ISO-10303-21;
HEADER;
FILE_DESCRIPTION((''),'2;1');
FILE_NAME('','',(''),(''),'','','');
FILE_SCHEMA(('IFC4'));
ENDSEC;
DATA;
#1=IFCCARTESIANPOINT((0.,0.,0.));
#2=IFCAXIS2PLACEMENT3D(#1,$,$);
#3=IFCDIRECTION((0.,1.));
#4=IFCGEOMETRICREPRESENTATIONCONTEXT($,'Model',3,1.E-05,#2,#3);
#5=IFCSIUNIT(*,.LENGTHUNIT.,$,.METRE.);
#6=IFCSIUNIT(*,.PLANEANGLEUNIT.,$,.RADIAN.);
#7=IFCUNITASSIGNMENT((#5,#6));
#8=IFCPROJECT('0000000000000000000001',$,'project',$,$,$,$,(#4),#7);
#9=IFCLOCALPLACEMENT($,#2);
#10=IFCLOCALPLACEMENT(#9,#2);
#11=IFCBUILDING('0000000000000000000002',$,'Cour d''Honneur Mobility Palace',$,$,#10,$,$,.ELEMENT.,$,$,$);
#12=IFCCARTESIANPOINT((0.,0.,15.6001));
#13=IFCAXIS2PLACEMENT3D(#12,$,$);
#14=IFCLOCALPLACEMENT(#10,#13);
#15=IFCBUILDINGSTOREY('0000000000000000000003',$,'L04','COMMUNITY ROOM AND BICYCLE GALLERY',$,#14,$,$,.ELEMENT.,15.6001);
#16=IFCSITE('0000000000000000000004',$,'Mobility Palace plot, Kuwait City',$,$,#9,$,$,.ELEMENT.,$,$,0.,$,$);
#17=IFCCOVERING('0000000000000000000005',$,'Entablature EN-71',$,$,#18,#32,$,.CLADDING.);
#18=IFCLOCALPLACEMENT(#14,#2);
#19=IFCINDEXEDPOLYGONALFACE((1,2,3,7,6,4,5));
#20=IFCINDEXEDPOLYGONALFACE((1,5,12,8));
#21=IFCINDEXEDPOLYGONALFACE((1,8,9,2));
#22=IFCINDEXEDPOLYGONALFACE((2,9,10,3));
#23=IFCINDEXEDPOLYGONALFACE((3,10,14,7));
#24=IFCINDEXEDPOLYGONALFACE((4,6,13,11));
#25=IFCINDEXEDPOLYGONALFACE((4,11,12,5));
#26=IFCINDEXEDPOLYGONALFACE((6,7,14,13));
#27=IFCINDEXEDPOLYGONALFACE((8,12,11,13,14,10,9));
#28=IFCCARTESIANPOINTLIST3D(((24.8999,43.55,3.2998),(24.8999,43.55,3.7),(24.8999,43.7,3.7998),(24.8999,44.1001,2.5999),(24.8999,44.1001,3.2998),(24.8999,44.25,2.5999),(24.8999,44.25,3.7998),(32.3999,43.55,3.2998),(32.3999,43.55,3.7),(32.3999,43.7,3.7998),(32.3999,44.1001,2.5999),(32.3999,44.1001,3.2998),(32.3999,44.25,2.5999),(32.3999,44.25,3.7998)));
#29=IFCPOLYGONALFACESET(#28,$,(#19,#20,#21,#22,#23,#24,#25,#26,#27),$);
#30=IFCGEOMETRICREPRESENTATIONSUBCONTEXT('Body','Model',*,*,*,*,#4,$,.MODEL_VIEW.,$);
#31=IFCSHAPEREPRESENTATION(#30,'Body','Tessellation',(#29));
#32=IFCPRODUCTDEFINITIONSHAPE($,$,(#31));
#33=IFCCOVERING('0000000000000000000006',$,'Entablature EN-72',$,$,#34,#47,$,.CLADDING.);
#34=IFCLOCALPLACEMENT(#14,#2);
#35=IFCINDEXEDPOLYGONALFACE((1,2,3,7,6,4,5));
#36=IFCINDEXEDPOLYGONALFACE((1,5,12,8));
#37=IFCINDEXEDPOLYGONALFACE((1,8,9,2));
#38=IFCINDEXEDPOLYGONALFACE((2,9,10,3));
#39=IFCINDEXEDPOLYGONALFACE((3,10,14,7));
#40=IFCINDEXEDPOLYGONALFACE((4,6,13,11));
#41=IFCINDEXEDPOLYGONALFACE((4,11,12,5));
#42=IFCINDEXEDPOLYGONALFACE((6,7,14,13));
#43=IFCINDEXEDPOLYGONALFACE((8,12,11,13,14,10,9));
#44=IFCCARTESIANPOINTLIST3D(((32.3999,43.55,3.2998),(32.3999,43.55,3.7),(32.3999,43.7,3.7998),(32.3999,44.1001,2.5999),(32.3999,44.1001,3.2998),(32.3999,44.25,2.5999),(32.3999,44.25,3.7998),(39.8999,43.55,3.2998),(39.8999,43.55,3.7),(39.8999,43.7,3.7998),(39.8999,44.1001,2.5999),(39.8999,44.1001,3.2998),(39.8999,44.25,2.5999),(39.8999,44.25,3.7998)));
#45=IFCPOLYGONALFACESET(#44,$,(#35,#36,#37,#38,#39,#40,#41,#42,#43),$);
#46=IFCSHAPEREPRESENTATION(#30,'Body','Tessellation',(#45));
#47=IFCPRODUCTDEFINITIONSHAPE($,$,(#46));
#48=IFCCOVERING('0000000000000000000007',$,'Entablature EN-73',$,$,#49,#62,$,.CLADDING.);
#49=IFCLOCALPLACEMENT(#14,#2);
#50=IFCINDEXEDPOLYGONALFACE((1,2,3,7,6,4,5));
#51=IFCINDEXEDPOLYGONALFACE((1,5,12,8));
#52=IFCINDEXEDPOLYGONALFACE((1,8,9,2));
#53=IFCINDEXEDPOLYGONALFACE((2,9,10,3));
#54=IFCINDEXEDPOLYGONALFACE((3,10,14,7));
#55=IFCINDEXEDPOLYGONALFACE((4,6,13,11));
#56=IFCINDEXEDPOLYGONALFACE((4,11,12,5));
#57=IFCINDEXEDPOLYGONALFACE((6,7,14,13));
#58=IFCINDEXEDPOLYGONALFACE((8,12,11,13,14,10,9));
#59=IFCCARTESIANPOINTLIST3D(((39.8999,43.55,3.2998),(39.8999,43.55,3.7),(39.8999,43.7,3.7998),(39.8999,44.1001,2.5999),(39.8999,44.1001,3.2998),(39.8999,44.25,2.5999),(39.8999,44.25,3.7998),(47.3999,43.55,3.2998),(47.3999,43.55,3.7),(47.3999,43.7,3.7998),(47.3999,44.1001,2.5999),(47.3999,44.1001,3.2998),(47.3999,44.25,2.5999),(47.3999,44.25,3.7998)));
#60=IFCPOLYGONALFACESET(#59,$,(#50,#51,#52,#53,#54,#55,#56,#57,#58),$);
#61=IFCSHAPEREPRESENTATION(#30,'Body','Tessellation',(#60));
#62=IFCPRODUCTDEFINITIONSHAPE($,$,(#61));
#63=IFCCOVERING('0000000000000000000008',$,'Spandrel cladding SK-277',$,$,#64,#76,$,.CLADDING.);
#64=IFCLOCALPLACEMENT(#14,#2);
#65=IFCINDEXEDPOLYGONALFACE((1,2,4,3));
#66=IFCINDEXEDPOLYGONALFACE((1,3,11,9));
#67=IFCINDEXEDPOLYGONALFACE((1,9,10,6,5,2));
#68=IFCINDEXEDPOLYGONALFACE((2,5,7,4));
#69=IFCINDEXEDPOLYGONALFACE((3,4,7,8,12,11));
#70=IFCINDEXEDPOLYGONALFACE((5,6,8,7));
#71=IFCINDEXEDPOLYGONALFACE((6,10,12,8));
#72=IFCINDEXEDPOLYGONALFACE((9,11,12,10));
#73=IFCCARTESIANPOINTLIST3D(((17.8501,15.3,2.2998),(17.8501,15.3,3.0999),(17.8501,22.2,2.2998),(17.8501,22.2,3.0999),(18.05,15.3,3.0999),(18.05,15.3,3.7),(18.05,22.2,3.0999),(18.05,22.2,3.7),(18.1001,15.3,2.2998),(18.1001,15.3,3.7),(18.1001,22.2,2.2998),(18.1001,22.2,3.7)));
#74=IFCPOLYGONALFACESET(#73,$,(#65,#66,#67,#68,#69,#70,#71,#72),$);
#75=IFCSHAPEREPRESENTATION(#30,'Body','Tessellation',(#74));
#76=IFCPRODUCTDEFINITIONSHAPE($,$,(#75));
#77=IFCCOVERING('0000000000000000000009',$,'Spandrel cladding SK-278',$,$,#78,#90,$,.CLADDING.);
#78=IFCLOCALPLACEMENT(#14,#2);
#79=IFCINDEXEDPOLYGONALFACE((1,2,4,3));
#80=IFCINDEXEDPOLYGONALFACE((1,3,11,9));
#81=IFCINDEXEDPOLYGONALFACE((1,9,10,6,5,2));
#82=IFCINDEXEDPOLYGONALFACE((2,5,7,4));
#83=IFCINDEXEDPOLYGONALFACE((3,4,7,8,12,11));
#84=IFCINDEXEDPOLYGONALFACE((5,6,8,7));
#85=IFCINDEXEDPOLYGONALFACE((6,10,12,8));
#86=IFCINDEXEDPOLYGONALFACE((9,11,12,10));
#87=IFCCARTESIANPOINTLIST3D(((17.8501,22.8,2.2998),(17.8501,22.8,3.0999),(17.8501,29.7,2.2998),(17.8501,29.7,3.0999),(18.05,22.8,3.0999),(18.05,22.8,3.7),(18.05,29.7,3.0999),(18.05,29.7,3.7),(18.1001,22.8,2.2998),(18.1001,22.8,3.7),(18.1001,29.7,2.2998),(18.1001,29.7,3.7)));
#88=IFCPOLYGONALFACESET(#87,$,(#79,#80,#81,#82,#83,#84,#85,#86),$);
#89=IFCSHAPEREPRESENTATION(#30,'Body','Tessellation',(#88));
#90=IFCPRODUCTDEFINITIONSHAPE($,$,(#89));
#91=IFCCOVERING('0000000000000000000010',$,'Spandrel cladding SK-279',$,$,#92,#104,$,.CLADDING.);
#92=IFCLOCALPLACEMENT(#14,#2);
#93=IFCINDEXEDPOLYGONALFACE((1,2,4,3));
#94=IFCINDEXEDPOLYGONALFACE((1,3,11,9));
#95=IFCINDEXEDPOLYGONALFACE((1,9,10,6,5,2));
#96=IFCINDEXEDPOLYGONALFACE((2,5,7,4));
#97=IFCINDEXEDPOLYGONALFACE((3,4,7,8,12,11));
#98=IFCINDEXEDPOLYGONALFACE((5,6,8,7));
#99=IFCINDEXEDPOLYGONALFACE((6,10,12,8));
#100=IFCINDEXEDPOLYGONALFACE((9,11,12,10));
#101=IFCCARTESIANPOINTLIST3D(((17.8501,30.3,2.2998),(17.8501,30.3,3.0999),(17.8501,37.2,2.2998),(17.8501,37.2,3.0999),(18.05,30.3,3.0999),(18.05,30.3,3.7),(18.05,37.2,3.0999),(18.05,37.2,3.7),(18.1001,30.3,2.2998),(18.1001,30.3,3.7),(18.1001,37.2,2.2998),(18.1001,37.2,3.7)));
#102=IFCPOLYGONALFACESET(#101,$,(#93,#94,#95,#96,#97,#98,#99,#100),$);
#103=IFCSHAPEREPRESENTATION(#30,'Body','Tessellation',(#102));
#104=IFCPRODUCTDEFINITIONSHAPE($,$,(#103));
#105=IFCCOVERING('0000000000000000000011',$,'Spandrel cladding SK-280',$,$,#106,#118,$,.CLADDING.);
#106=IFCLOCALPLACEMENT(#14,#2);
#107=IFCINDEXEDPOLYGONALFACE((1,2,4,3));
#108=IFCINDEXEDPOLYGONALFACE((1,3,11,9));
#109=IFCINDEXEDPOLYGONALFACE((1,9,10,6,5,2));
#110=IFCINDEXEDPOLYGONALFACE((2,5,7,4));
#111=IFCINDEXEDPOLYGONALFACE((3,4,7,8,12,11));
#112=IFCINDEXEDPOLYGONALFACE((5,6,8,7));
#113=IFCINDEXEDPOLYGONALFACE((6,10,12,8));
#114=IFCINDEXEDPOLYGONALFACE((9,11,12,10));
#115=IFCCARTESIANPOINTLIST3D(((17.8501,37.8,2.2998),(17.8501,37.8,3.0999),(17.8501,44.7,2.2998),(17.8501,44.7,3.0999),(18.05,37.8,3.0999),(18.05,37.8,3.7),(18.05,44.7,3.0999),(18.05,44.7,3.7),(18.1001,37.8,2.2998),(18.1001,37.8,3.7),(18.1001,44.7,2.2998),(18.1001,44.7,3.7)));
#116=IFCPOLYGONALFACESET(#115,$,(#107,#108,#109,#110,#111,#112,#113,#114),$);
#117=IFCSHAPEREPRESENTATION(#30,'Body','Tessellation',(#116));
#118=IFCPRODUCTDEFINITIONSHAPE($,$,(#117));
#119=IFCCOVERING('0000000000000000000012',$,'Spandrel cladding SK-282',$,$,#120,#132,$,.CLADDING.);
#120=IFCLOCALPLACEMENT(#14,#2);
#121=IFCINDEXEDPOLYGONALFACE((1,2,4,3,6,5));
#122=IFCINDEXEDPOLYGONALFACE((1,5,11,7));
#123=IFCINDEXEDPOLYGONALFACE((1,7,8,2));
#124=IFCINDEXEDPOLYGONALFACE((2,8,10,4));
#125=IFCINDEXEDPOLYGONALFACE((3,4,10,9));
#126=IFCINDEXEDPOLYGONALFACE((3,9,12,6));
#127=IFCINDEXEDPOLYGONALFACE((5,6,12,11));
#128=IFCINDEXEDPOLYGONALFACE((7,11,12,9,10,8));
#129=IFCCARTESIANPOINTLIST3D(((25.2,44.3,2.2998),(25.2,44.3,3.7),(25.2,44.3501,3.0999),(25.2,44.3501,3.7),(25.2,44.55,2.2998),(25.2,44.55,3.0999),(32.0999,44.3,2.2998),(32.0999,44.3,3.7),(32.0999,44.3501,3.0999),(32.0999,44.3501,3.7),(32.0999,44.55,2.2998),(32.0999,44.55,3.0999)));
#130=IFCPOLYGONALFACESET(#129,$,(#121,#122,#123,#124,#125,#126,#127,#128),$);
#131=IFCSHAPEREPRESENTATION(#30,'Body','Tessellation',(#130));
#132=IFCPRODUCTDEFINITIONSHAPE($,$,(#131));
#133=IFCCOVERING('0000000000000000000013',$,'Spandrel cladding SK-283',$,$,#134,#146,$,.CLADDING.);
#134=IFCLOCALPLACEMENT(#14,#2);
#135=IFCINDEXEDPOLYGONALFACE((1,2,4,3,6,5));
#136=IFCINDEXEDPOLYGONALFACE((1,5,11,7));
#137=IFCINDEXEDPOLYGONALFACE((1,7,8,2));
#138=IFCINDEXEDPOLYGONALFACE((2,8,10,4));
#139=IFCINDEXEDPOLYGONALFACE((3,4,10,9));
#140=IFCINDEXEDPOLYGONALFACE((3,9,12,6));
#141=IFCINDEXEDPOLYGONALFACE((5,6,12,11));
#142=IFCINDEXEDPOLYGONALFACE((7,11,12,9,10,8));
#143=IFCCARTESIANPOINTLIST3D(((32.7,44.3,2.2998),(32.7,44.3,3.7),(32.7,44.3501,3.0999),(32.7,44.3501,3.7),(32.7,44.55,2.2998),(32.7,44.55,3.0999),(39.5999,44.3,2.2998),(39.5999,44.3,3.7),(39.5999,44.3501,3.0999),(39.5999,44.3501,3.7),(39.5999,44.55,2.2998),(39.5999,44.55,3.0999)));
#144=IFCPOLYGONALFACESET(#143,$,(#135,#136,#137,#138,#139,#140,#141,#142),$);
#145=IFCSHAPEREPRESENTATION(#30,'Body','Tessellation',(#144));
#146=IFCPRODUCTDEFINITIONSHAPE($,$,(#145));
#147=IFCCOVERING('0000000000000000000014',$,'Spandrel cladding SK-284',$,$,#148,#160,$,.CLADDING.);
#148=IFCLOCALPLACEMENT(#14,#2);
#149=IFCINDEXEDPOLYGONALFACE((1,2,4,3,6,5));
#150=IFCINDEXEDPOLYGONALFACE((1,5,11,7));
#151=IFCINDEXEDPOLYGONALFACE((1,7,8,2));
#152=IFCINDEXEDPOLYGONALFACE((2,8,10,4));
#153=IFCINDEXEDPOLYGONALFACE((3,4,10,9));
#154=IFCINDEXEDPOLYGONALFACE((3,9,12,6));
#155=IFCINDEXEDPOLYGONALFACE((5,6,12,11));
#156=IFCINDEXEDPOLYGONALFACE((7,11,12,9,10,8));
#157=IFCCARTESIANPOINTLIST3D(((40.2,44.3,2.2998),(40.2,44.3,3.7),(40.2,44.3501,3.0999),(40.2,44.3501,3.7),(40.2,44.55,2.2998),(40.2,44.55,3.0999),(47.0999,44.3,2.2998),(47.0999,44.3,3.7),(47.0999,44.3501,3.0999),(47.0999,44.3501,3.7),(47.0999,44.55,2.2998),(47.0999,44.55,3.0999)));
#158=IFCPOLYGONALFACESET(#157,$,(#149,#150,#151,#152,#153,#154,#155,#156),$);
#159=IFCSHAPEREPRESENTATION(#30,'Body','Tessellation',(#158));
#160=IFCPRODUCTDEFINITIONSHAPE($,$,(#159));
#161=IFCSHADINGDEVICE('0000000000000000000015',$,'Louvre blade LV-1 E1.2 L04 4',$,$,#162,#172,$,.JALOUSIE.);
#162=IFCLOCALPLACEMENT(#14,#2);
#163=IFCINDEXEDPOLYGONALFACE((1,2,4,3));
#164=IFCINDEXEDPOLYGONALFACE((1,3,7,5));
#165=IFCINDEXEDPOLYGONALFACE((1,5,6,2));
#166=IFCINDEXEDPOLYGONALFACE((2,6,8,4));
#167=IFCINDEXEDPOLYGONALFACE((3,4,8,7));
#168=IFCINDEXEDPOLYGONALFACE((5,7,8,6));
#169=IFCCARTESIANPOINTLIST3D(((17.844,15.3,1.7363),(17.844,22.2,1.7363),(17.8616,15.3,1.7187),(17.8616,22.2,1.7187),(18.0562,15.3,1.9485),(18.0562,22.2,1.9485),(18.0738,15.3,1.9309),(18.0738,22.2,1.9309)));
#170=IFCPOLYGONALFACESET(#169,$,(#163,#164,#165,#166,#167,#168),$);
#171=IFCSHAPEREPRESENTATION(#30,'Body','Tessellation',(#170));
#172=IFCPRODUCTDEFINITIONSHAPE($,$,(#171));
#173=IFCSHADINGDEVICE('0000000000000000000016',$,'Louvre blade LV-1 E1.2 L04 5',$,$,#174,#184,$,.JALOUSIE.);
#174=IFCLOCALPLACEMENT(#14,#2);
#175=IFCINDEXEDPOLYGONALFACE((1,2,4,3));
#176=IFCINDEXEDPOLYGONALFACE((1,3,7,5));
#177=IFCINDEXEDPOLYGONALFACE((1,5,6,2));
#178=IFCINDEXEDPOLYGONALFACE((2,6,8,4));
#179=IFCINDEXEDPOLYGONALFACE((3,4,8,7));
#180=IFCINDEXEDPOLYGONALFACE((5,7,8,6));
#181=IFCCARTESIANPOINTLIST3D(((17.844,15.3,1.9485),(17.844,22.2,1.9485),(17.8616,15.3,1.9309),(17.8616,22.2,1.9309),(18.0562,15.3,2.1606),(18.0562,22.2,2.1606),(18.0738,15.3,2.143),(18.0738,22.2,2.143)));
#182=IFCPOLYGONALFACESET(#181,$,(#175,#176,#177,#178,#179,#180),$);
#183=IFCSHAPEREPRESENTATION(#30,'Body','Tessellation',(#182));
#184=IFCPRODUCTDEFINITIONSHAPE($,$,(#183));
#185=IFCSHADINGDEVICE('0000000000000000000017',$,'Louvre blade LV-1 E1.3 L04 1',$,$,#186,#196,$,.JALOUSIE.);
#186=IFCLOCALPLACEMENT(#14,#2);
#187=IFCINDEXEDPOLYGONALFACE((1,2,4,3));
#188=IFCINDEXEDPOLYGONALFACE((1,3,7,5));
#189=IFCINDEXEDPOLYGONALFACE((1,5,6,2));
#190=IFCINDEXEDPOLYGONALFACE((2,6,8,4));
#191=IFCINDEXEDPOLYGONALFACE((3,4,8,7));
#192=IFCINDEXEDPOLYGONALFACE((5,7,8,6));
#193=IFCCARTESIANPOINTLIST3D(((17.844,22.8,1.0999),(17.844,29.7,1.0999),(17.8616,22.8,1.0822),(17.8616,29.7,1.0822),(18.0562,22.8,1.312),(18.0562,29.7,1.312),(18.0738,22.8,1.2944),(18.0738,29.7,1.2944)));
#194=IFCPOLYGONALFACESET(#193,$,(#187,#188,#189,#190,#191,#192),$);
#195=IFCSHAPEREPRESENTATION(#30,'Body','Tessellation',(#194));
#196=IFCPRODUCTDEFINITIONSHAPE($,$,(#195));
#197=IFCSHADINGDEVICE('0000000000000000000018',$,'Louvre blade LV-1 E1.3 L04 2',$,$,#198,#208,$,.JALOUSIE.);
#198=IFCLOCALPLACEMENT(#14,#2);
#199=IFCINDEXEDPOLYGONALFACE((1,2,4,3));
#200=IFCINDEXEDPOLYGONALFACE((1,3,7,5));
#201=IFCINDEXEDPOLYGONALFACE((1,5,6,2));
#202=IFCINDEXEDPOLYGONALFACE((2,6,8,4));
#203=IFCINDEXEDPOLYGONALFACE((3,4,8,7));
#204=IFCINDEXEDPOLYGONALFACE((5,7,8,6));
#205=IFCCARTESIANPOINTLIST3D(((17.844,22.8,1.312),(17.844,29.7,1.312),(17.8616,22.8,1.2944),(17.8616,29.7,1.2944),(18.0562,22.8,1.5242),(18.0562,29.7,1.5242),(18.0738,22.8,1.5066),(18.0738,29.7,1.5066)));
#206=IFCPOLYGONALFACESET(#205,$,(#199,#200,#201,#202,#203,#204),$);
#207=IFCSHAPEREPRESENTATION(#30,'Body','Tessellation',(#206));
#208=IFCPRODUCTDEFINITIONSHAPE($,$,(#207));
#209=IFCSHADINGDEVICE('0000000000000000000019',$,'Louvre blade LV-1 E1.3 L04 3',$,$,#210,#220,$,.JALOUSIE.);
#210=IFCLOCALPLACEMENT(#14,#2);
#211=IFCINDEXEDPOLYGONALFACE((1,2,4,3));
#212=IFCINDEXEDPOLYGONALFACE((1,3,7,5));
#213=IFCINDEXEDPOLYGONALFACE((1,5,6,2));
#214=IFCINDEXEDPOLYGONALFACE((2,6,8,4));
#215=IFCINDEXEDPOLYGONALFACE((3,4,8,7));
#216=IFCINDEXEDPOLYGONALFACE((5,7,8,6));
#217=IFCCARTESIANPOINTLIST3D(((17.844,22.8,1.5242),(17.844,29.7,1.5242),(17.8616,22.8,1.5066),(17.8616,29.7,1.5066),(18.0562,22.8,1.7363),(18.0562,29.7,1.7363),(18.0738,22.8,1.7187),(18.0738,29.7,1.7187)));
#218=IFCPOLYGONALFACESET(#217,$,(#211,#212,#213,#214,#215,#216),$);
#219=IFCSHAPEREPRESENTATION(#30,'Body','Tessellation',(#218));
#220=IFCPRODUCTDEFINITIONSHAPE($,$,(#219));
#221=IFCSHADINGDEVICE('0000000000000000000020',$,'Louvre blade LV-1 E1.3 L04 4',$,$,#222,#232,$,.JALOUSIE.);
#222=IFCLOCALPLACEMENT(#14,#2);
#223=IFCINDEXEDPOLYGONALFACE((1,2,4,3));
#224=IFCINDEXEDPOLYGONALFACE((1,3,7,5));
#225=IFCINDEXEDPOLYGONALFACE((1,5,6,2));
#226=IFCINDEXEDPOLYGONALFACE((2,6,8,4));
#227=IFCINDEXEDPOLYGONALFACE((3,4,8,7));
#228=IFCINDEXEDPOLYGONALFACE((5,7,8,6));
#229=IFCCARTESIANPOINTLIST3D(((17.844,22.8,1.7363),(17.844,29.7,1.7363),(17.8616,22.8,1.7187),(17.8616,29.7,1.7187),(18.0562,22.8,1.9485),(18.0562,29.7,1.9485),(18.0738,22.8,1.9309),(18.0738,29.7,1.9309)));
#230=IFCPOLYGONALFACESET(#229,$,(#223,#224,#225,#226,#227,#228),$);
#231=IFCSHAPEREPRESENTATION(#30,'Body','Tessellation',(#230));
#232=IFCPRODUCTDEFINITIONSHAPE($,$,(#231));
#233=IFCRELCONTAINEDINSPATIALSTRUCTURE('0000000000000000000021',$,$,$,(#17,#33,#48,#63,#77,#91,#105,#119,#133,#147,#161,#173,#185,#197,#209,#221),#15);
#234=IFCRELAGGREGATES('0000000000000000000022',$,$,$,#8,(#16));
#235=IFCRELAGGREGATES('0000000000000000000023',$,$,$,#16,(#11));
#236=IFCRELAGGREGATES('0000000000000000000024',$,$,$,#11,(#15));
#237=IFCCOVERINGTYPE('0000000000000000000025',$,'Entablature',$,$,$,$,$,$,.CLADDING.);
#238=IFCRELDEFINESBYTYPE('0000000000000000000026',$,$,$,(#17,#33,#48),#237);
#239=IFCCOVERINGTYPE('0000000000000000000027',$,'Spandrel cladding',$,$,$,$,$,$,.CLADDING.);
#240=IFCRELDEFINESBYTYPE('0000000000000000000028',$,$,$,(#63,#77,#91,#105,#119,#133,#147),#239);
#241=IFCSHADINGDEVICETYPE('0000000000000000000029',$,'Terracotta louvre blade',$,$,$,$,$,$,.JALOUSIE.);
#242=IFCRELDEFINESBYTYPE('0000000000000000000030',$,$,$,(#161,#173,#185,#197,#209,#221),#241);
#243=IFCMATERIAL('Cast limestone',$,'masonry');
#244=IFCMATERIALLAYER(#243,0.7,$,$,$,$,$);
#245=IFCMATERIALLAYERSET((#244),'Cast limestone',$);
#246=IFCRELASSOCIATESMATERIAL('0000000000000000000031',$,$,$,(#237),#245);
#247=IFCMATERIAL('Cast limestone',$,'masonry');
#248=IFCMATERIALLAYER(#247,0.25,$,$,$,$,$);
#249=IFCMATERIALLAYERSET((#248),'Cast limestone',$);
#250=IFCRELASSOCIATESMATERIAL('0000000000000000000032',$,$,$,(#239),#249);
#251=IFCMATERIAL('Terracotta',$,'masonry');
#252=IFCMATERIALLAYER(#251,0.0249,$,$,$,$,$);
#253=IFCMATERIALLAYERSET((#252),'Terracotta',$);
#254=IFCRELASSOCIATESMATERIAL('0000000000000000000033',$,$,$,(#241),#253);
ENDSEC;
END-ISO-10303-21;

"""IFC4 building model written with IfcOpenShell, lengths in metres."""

from ifc_helpers import new_model, si_unit, direction, frame, origin, place, context, subcontext, project, spatial, polyline, outline, extrude, material, layer, layer_set, type_object, element, save


model = new_model("IFC4")

# Units and contexts
model_context = context("Model", 3, precision=1e-05, world=origin(), true_north=direction((0.0, 1.0)))
body_context = subcontext(model_context, "Body", "Model", "MODEL_VIEW")
ifc_project = project(units=[si_unit("LENGTHUNIT", "METRE"), si_unit("PLANEANGLEUNIT", "RADIAN")], contexts=[model_context])

# Site, building, storey
site_placement = place(None, origin())
site = spatial("IfcSite", under=ifc_project, at=site_placement, Name="Mobility Palace plot, Kuwait City", CompositionType="ELEMENT", RefElevation=0.0)
building_placement = place(site_placement, origin())
building = spatial("IfcBuilding", under=site, at=building_placement, Name="Cour d'Honneur Mobility Palace", CompositionType="ELEMENT")
storey_placement = place(building_placement, frame((0.0, 0.0, 15.6001)))
storey = spatial("IfcBuildingStorey", under=building, at=storey_placement, Name="L04", Description="COMMUNITY ROOM AND BICYCLE GALLERY", CompositionType="ELEMENT", Elevation=15.6001)

# Coverings
ifc_material_1 = material(Name="Cast limestone", Category="masonry")
ifc_layer_1 = layer(ifc_material_1, 0.7)
ifc_layer_set_1 = layer_set([ifc_layer_1], Name="Cast limestone")
covering_type_1 = type_object("IfcCoveringType", Name="Entablature", PredefinedType="CLADDING", material=ifc_layer_set_1)
for number, where, z_axis, x_axis, name in (
    (1, (24.8999, 44.25, 2.5999), (-1.0, 0.0, 0.0), (0.0, -1.0, 0.0), "Entablature EN-71"),
    (2, (32.3999, 44.25, 2.5999), (-1.0, 0.0, 0.0), (0.0, -1.0, 0.0), "Entablature EN-72"),
    (3, (39.8999, 44.25, 2.5999), (-1.0, 0.0, 0.0), (0.0, -1.0, 0.0), "Entablature EN-73"),
):
    element("IfcCovering", number, at=place(storey_placement, frame(where, z_axis=z_axis, x_axis=x_axis)), inside=storey, type_object=covering_type_1, Name=name, PredefinedType="CLADDING", context=body_context, shape_type="SweptSolid", body=[
        extrude(outline(polyline([(0.0, 0.0), (0.1499, 0.0), (0.1499, 0.7), (0.7, 0.7), (0.7, 1.1001), (0.55, 1.2), (0.0, 1.2), (0.0, 0.0)])), origin(), (0.0, 0.0, -1.0), 7.5),
    ])
ifc_material_2 = material(Name="Cast limestone", Category="masonry")
ifc_layer_2 = layer(ifc_material_2, 0.25)
ifc_layer_set_2 = layer_set([ifc_layer_2], Name="Cast limestone")
covering_type_2 = type_object("IfcCoveringType", Name="Spandrel cladding", PredefinedType="CLADDING", material=ifc_layer_set_2)
for number, where, z_axis, x_axis, name in (
    (4, (17.8501, 15.3, 2.2998), (0.0, -1.0, 0.0), (1.0, 0.0, 0.0), "Spandrel cladding SK-277"),
    (5, (17.8501, 22.8, 2.2998), (0.0, -1.0, 0.0), (1.0, 0.0, 0.0), "Spandrel cladding SK-278"),
    (6, (17.8501, 30.3, 2.2998), (0.0, -1.0, 0.0), (1.0, 0.0, 0.0), "Spandrel cladding SK-279"),
    (7, (17.8501, 37.8, 2.2998), (0.0, -1.0, 0.0), (1.0, 0.0, 0.0), "Spandrel cladding SK-280"),
    (8, (25.2, 44.55, 2.2998), (-1.0, 0.0, 0.0), (0.0, -1.0, 0.0), "Spandrel cladding SK-282"),
    (9, (32.7, 44.55, 2.2998), (-1.0, 0.0, 0.0), (0.0, -1.0, 0.0), "Spandrel cladding SK-283"),
    (10, (40.2, 44.55, 2.2998), (-1.0, 0.0, 0.0), (0.0, -1.0, 0.0), "Spandrel cladding SK-284"),
):
    element("IfcCovering", number, at=place(storey_placement, frame(where, z_axis=z_axis, x_axis=x_axis)), inside=storey, type_object=covering_type_2, Name=name, PredefinedType="CLADDING", context=body_context, shape_type="SweptSolid", body=[
        extrude(outline(polyline([(0.0, 0.0), (0.25, 0.0), (0.25, 1.4001), (0.2, 1.4001), (0.2, 0.8), (0.0, 0.8), (0.0, 0.0)])), origin(), (0.0, 0.0, -1.0), 6.8999),
    ])

# Shading devices
ifc_material_3 = material(Name="Terracotta", Category="masonry")
ifc_layer_3 = layer(ifc_material_3, 0.0249)
ifc_layer_set_3 = layer_set([ifc_layer_3], Name="Terracotta")
shading_device_type = type_object("IfcShadingDeviceType", Name="Terracotta louvre blade", PredefinedType="JALOUSIE", material=ifc_layer_set_3)
for number, where, z_axis, x_axis, name in (
    (11, (17.844, 15.3, 1.7363), (-0.707107, 0.0, 0.707107), (0.0, 1.0, 0.0), "Louvre blade LV-1 E1.2 L04 4"),
    (12, (17.844, 15.3, 1.9485), (-0.707107, 0.0, 0.707107), (0.0, 1.0, 0.0), "Louvre blade LV-1 E1.2 L04 5"),
    (13, (17.844, 22.8, 1.0999), (-0.707107, 0.0, 0.707107), (0.0, 1.0, 0.0), "Louvre blade LV-1 E1.3 L04 1"),
    (14, (17.844, 22.8, 1.312), (-0.707107, 0.0, 0.707107), (0.0, 1.0, 0.0), "Louvre blade LV-1 E1.3 L04 2"),
    (15, (17.844, 22.8, 1.5242), (-0.707107, 0.0, 0.707107), (0.0, 1.0, 0.0), "Louvre blade LV-1 E1.3 L04 3"),
    (16, (17.844, 22.8, 1.7363), (-0.707107, 0.0, 0.707107), (0.0, 1.0, 0.0), "Louvre blade LV-1 E1.3 L04 4"),
):
    element("IfcShadingDevice", number, at=place(storey_placement, frame(where, z_axis=z_axis, x_axis=x_axis)), inside=storey, type_object=shading_device_type, Name=name, PredefinedType="JALOUSIE", context=body_context, shape_type="SweptSolid", body=[
        extrude(outline(polyline([(0.0, 0.0), (6.8999, 0.0), (6.8999, -0.3), (0.0, -0.3), (0.0, 0.0)])), origin(), (0.0, 0.0, -1.0), 0.0249),
    ])

save(model, "model.ifc")
